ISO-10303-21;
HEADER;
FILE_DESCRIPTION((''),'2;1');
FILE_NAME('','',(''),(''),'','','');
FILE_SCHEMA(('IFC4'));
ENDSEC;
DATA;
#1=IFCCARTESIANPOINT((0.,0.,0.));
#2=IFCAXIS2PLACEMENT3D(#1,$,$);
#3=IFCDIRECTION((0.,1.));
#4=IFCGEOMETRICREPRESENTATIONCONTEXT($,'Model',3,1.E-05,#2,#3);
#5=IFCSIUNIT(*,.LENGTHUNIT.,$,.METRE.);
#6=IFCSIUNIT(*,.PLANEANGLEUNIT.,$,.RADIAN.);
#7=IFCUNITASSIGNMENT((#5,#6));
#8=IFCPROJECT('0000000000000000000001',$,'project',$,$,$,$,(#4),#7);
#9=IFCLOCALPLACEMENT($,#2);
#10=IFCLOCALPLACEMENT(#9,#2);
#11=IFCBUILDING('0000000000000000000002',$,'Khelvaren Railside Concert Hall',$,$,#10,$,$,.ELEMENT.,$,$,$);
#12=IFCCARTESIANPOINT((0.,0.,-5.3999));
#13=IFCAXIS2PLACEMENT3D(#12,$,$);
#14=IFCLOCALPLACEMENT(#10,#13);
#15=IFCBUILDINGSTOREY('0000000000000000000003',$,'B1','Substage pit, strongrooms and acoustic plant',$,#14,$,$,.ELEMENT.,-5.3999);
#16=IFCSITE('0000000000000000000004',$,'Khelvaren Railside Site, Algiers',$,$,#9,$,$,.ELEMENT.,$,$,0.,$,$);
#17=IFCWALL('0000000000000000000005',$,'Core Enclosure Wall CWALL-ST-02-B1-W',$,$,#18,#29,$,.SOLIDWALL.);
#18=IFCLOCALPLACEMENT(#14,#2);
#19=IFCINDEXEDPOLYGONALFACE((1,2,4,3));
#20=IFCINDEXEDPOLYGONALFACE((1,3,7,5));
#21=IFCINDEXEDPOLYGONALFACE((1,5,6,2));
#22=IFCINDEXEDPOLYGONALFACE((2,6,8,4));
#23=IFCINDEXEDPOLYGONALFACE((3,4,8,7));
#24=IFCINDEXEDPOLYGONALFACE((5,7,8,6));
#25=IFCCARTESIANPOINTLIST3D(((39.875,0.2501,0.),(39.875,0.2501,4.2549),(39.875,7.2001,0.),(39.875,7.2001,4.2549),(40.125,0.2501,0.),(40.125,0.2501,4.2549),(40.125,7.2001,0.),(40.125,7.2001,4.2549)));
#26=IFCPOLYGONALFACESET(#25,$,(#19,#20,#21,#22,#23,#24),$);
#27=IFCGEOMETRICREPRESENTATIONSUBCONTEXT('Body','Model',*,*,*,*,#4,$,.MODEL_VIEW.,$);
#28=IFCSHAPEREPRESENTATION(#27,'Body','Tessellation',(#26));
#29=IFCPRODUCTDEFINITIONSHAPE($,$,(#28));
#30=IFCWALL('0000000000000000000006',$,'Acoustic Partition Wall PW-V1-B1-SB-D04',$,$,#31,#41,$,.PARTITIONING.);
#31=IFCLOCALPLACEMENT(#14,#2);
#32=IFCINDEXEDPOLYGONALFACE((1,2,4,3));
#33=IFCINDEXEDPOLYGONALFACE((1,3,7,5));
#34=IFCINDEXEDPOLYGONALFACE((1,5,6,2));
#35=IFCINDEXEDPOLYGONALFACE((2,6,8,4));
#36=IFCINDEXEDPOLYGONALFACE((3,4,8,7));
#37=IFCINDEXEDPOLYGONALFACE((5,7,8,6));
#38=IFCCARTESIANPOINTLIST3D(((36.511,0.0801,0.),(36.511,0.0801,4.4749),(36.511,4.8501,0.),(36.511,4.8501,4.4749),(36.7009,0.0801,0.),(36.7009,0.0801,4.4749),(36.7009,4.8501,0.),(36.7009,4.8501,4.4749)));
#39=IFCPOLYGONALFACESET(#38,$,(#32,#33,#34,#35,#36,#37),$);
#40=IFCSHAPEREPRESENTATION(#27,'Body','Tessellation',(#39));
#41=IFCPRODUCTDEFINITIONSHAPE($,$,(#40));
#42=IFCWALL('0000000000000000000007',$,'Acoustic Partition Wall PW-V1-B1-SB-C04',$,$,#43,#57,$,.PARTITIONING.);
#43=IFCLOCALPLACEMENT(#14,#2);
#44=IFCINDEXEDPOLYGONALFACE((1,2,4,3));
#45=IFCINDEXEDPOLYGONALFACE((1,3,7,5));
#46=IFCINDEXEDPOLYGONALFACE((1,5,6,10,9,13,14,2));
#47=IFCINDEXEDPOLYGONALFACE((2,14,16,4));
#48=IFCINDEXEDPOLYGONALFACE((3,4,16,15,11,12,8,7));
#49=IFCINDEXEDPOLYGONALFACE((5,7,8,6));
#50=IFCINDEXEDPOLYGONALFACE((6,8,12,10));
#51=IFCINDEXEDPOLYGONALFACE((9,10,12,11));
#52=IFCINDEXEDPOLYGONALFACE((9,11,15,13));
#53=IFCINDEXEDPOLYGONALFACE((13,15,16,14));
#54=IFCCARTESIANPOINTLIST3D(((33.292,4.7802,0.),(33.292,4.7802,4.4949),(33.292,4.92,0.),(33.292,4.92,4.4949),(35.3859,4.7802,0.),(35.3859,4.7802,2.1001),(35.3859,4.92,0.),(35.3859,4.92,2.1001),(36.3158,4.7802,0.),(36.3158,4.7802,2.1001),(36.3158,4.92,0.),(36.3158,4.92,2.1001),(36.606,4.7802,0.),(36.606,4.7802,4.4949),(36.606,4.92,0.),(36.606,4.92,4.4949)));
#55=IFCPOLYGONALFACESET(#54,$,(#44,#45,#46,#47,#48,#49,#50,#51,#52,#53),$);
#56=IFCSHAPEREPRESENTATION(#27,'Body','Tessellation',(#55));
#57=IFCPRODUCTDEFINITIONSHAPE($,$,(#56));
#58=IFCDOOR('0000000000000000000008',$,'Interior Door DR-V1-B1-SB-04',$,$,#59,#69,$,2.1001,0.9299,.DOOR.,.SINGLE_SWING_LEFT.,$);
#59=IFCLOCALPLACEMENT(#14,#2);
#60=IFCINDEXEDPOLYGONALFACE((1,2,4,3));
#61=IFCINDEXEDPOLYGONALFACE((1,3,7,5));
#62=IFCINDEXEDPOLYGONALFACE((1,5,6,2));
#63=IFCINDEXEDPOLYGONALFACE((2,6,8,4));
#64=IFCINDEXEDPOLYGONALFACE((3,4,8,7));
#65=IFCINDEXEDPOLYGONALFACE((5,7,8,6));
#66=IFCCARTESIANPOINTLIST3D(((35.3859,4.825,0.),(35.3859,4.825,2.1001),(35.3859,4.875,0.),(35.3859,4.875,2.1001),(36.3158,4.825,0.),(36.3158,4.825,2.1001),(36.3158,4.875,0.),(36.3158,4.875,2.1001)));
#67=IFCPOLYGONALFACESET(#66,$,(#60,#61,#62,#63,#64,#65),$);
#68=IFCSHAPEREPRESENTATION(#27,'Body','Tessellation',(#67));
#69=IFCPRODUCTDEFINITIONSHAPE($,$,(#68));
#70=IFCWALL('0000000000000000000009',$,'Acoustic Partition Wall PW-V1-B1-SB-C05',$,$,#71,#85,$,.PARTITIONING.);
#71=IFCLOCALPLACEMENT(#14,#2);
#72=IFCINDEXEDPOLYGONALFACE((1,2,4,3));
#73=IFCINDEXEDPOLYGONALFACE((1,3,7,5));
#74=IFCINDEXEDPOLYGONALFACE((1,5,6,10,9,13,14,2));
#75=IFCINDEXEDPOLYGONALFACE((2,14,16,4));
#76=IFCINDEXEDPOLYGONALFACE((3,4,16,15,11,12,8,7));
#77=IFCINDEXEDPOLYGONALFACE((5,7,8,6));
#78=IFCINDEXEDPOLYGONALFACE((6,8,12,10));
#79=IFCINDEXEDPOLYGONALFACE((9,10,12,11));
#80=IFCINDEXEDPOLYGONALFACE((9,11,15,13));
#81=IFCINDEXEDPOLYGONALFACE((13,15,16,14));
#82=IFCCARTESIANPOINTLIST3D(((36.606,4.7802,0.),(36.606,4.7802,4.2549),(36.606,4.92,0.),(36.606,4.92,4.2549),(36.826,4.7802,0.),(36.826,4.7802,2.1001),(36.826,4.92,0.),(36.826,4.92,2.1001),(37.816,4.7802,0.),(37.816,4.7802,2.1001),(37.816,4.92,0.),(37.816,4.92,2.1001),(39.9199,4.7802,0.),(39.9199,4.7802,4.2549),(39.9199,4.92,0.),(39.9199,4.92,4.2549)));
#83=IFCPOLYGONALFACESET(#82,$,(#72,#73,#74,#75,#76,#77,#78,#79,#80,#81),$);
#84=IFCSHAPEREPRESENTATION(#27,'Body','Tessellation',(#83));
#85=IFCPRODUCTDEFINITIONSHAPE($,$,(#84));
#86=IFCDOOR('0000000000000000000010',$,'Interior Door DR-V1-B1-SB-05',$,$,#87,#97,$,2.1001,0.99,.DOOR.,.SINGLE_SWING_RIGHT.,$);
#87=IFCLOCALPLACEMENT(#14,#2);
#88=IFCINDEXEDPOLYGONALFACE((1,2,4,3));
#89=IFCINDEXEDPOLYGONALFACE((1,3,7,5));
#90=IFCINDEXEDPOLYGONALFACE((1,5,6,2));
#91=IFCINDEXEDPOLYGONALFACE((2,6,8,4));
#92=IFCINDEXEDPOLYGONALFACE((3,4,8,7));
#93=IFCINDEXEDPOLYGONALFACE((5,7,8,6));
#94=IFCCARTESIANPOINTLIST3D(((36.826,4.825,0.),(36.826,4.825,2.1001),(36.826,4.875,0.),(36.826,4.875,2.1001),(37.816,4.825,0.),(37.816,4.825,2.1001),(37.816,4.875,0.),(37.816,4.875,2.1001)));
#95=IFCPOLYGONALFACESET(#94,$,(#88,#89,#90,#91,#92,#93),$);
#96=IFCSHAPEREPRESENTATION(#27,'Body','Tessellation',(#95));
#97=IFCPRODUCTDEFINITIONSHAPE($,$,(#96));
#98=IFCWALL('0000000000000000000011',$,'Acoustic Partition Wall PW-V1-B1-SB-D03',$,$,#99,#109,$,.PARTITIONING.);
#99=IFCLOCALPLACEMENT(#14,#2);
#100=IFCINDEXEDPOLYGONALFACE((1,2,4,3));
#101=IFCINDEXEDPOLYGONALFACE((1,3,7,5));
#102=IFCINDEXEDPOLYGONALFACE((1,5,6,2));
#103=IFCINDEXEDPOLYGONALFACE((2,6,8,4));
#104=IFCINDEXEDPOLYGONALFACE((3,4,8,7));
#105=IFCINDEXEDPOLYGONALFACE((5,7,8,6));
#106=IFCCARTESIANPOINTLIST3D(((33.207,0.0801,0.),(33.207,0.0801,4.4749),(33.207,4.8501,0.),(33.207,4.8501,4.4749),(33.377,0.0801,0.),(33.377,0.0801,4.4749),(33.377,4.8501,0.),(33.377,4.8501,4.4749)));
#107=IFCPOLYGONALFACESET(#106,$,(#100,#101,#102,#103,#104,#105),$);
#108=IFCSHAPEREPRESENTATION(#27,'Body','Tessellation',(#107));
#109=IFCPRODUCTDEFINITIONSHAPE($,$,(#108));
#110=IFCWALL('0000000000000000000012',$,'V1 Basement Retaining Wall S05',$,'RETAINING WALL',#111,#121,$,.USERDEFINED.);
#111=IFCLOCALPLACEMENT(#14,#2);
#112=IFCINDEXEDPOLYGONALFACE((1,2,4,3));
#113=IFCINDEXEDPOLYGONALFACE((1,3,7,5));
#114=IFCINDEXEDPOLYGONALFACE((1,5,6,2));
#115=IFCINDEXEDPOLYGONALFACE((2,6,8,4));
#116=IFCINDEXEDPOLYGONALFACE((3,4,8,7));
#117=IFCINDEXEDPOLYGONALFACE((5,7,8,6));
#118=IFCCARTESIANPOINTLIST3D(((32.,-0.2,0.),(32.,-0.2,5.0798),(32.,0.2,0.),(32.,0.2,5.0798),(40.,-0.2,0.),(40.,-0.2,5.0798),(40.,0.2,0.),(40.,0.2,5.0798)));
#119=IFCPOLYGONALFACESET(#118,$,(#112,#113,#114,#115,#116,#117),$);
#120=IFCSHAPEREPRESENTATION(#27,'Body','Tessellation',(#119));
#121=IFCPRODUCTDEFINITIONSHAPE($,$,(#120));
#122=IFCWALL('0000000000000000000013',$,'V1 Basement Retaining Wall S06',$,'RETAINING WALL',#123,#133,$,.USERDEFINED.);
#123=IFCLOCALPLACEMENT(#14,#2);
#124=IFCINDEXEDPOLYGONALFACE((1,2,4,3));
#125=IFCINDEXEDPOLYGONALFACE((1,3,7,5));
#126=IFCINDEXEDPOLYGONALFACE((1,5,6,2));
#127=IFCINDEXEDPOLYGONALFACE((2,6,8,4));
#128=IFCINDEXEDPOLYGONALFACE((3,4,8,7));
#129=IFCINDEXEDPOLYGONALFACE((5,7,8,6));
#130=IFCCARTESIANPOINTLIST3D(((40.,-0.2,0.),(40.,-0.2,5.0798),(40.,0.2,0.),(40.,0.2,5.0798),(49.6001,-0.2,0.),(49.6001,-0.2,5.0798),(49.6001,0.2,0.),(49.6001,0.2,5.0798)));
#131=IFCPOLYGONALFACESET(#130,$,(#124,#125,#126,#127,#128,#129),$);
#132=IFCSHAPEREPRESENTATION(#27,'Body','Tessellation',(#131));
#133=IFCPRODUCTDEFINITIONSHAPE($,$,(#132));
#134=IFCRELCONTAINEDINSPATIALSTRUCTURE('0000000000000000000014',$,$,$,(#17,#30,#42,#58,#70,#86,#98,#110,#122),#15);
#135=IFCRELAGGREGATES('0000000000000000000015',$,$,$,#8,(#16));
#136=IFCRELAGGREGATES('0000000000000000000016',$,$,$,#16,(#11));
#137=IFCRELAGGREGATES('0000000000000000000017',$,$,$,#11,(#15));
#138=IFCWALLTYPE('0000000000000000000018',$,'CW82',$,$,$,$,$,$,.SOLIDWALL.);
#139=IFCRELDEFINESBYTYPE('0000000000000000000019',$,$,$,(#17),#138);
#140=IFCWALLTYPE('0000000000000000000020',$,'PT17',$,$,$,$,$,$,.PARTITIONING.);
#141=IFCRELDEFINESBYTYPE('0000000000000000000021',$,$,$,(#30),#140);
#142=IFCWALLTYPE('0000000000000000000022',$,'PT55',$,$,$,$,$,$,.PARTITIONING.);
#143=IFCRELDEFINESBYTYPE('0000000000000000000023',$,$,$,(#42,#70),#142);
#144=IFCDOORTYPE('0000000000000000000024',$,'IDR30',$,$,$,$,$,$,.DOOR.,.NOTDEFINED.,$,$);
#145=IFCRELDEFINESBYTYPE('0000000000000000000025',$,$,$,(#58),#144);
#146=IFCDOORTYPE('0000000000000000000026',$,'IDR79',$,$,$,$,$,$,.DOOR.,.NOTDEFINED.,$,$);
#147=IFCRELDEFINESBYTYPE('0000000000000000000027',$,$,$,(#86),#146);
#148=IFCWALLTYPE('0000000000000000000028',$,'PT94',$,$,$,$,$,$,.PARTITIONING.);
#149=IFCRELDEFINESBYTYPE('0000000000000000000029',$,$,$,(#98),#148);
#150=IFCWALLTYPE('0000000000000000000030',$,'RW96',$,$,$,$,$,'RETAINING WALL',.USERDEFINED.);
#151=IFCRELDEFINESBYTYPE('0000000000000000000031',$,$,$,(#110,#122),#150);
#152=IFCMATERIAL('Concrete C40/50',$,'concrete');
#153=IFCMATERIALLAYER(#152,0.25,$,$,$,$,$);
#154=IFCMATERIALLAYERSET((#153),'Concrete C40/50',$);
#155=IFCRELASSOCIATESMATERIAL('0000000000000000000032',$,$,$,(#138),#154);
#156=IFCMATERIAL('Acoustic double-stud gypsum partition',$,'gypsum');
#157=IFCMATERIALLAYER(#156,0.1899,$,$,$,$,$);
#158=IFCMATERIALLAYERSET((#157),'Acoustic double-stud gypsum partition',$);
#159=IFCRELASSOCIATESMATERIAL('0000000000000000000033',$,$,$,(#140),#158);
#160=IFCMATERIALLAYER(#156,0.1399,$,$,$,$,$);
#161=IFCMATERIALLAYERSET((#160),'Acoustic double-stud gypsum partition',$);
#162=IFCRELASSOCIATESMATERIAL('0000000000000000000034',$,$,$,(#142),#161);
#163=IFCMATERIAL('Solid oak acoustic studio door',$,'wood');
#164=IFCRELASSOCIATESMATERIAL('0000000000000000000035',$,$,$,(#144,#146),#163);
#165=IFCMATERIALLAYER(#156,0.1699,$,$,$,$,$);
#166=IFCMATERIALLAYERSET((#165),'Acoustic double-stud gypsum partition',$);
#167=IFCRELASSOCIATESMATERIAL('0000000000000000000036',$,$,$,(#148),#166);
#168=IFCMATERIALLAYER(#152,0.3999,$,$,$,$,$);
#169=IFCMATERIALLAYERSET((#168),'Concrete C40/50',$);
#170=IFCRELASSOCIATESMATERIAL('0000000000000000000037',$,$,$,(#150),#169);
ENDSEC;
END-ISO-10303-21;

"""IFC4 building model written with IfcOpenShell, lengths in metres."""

from ifc_helpers import new_model, si_unit, direction, frame, frame_2d, origin, place, context, subcontext, project, spatial, rectangle, extrude, material, layer, layer_set, type_object, element, fill, save


model = new_model("IFC4")

# Units and contexts
model_context = context("Model", 3, precision=1e-05, world=origin(), true_north=direction((0.0, 1.0)))
body_context = subcontext(model_context, "Body", "Model", "MODEL_VIEW")
ifc_project = project(units=[si_unit("LENGTHUNIT", "METRE"), si_unit("PLANEANGLEUNIT", "RADIAN")], contexts=[model_context])

# Site, building, storey
site_placement = place(None, origin())
site = spatial("IfcSite", under=ifc_project, at=site_placement, Name="Khelvaren Railside Site, Algiers", CompositionType="ELEMENT", RefElevation=0.0)
building_placement = place(site_placement, origin())
building = spatial("IfcBuilding", under=site, at=building_placement, Name="Khelvaren Railside Concert Hall", CompositionType="ELEMENT")
storey_placement = place(building_placement, frame((0.0, 0.0, -5.3999)))
storey = spatial("IfcBuildingStorey", under=building, at=storey_placement, Name="B1", Description="Substage pit, strongrooms and acoustic plant", CompositionType="ELEMENT", Elevation=-5.3999)

# Walls
ifc_material_1 = material(Name="Concrete C40/50", Category="concrete")
ifc_layer_1 = layer(ifc_material_1, 0.25)
ifc_layer_set_1 = layer_set([ifc_layer_1], Name="Concrete C40/50")
wall_type_1 = type_object("IfcWallType", Name="CW82", PredefinedType="SOLIDWALL", material=ifc_layer_set_1)
wall_1_placement = place(storey_placement, frame((40.0, 0.25, 0.0), z_axis=(0.0, 0.0, 1.0), x_axis=(0.0, 1.0, 0.0)))
element("IfcWall", 1, at=wall_1_placement, inside=storey, type_object=wall_type_1, Name="Core Enclosure Wall CWALL-ST-02-B1-W", PredefinedType="SOLIDWALL", context=body_context, shape_type="SweptSolid", body=[
    extrude(rectangle(XDim=6.95, YDim=0.25, at=frame_2d((3.4751, 0.0))), origin(), (0.0, 0.0, 1.0), 4.2549),
])
ifc_material_2 = material(Name="Acoustic double-stud gypsum partition", Category="gypsum")
ifc_layer_2 = layer(ifc_material_2, 0.1899)
ifc_layer_set_2 = layer_set([ifc_layer_2], Name="Acoustic double-stud gypsum partition")
wall_type_2 = type_object("IfcWallType", Name="PT17", PredefinedType="PARTITIONING", material=ifc_layer_set_2)
wall_2_placement = place(storey_placement, frame((36.606, 0.0801, 0.0), z_axis=(0.0, 0.0, 1.0), x_axis=(0.0, 1.0, 0.0)))
element("IfcWall", 2, at=wall_2_placement, inside=storey, type_object=wall_type_2, Name="Acoustic Partition Wall PW-V1-B1-SB-D04", PredefinedType="PARTITIONING", context=body_context, shape_type="SweptSolid", body=[
    extrude(rectangle(XDim=4.77, YDim=0.1899, at=frame_2d((2.385, 0.0))), origin(), (0.0, 0.0, 1.0), 4.4749),
])

# Walls, openings, doors
ifc_layer_3 = layer(ifc_material_2, 0.1399)
ifc_layer_set_3 = layer_set([ifc_layer_3], Name="Acoustic double-stud gypsum partition")
wall_type_3 = type_object("IfcWallType", Name="PT55", PredefinedType="PARTITIONING", material=ifc_layer_set_3)
wall_3_placement = place(storey_placement, frame((33.292, 4.8501, 0.0), z_axis=(0.0, 0.0, 1.0), x_axis=(1.0, 0.0, 0.0)))
wall_3 = element("IfcWall", 3, at=wall_3_placement, inside=storey, type_object=wall_type_3, Name="Acoustic Partition Wall PW-V1-B1-SB-C04", PredefinedType="PARTITIONING", context=body_context, shape_type="SweptSolid", body=[
    extrude(rectangle(XDim=3.314, YDim=0.1399, at=frame_2d((1.657, 0.0))), origin(), (0.0, 0.0, 1.0), 4.4949),
])
opening_1_placement = place(wall_3_placement, frame((2.094, 0.0, 0.0)))
opening_1 = element("IfcOpeningElement", 4, at=opening_1_placement, cuts=wall_3, PredefinedType="OPENING", context=body_context, shape_type="SweptSolid", body=[
    extrude(rectangle(XDim=0.9299, YDim=2.1001, at=frame_2d((0.4648, 1.05))), frame((0.0, 0.0798, 0.0), z_axis=(0.0, -1.0, 0.0), x_axis=(1.0, 0.0, 0.0)), (0.0, 0.0, 1.0), 0.1599),
])
ifc_material_3 = material(Name="Solid oak acoustic studio door", Category="wood")
door_type_1 = type_object("IfcDoorType", Name="IDR30", OperationType="NOTDEFINED", PredefinedType="DOOR", material=ifc_material_3)
door_1_placement = place(opening_1_placement, origin())
door_1 = element("IfcDoor", 5, at=door_1_placement, inside=storey, type_object=door_type_1, Name="Interior Door DR-V1-B1-SB-04", OperationType="SINGLE_SWING_LEFT", OverallHeight=2.1001, OverallWidth=0.9299, PredefinedType="DOOR", context=body_context, shape_type="SweptSolid", body=[
    extrude(rectangle(XDim=0.9299, YDim=2.1001, at=frame_2d((0.4648, 1.05))), frame((0.0, 0.0249, 0.0), z_axis=(0.0, -1.0, 0.0), x_axis=(1.0, 0.0, 0.0)), (0.0, 0.0, 1.0), 0.05),
])
fill(opening_1, door_1)
wall_4_placement = place(storey_placement, frame((36.606, 4.8501, 0.0), z_axis=(0.0, 0.0, 1.0), x_axis=(1.0, 0.0, 0.0)))
wall_4 = element("IfcWall", 6, at=wall_4_placement, inside=storey, type_object=wall_type_3, Name="Acoustic Partition Wall PW-V1-B1-SB-C05", PredefinedType="PARTITIONING", context=body_context, shape_type="SweptSolid", body=[
    extrude(rectangle(XDim=3.314, YDim=0.1399, at=frame_2d((1.657, 0.0))), origin(), (0.0, 0.0, 1.0), 4.2549),
])
opening_2_placement = place(wall_4_placement, frame((0.22, 0.0, 0.0)))
opening_2 = element("IfcOpeningElement", 7, at=opening_2_placement, cuts=wall_4, PredefinedType="OPENING", context=body_context, shape_type="SweptSolid", body=[
    extrude(rectangle(XDim=0.99, YDim=2.1001, at=frame_2d((0.4951, 1.05))), frame((0.0, 0.0798, 0.0), z_axis=(0.0, -1.0, 0.0), x_axis=(1.0, 0.0, 0.0)), (0.0, 0.0, 1.0), 0.1599),
])
door_type_2 = type_object("IfcDoorType", Name="IDR79", OperationType="NOTDEFINED", PredefinedType="DOOR", material=ifc_material_3)
door_2_placement = place(opening_2_placement, origin())
door_2 = element("IfcDoor", 8, at=door_2_placement, inside=storey, type_object=door_type_2, Name="Interior Door DR-V1-B1-SB-05", OperationType="SINGLE_SWING_RIGHT", OverallHeight=2.1001, OverallWidth=0.99, PredefinedType="DOOR", context=body_context, shape_type="SweptSolid", body=[
    extrude(rectangle(XDim=0.99, YDim=2.1001, at=frame_2d((0.4951, 1.05))), frame((0.0, 0.0249, 0.0), z_axis=(0.0, -1.0, 0.0), x_axis=(1.0, 0.0, 0.0)), (0.0, 0.0, 1.0), 0.05),
])
fill(opening_2, door_2)

# Walls
ifc_layer_4 = layer(ifc_material_2, 0.1699)
ifc_layer_set_4 = layer_set([ifc_layer_4], Name="Acoustic double-stud gypsum partition")
wall_type_4 = type_object("IfcWallType", Name="PT94", PredefinedType="PARTITIONING", material=ifc_layer_set_4)
wall_5_placement = place(storey_placement, frame((33.292, 0.0801, 0.0), z_axis=(0.0, 0.0, 1.0), x_axis=(0.0, 1.0, 0.0)))
element("IfcWall", 9, at=wall_5_placement, inside=storey, type_object=wall_type_4, Name="Acoustic Partition Wall PW-V1-B1-SB-D03", PredefinedType="PARTITIONING", context=body_context, shape_type="SweptSolid", body=[
    extrude(rectangle(XDim=4.77, YDim=0.1699, at=frame_2d((2.385, 0.0))), origin(), (0.0, 0.0, 1.0), 4.4749),
])
ifc_layer_5 = layer(ifc_material_1, 0.3999)
ifc_layer_set_5 = layer_set([ifc_layer_5], Name="Concrete C40/50")
wall_type_5 = type_object("IfcWallType", Name="RW96", ElementType="RETAINING WALL", PredefinedType="USERDEFINED", material=ifc_layer_set_5)
wall_6_placement = place(storey_placement, frame((32.0, 0.0, 0.0), z_axis=(0.0, 0.0, 1.0), x_axis=(1.0, 0.0, 0.0)))
element("IfcWall", 10, at=wall_6_placement, inside=storey, type_object=wall_type_5, Name="V1 Basement Retaining Wall S05", ObjectType="RETAINING WALL", PredefinedType="USERDEFINED", context=body_context, shape_type="SweptSolid", body=[
    extrude(rectangle(XDim=8.0, YDim=0.3999, at=frame_2d((4.0, 0.0))), origin(), (0.0, 0.0, 1.0), 5.0798),
])
wall_7_placement = place(storey_placement, frame((40.0, 0.0, 0.0), z_axis=(0.0, 0.0, 1.0), x_axis=(1.0, 0.0, 0.0)))
element("IfcWall", 11, at=wall_7_placement, inside=storey, type_object=wall_type_5, Name="V1 Basement Retaining Wall S06", ObjectType="RETAINING WALL", PredefinedType="USERDEFINED", context=body_context, shape_type="SweptSolid", body=[
    extrude(rectangle(XDim=9.6001, YDim=0.3999, at=frame_2d((4.8, 0.0))), origin(), (0.0, 0.0, 1.0), 5.0798),
])

save(model, "model.ifc")
